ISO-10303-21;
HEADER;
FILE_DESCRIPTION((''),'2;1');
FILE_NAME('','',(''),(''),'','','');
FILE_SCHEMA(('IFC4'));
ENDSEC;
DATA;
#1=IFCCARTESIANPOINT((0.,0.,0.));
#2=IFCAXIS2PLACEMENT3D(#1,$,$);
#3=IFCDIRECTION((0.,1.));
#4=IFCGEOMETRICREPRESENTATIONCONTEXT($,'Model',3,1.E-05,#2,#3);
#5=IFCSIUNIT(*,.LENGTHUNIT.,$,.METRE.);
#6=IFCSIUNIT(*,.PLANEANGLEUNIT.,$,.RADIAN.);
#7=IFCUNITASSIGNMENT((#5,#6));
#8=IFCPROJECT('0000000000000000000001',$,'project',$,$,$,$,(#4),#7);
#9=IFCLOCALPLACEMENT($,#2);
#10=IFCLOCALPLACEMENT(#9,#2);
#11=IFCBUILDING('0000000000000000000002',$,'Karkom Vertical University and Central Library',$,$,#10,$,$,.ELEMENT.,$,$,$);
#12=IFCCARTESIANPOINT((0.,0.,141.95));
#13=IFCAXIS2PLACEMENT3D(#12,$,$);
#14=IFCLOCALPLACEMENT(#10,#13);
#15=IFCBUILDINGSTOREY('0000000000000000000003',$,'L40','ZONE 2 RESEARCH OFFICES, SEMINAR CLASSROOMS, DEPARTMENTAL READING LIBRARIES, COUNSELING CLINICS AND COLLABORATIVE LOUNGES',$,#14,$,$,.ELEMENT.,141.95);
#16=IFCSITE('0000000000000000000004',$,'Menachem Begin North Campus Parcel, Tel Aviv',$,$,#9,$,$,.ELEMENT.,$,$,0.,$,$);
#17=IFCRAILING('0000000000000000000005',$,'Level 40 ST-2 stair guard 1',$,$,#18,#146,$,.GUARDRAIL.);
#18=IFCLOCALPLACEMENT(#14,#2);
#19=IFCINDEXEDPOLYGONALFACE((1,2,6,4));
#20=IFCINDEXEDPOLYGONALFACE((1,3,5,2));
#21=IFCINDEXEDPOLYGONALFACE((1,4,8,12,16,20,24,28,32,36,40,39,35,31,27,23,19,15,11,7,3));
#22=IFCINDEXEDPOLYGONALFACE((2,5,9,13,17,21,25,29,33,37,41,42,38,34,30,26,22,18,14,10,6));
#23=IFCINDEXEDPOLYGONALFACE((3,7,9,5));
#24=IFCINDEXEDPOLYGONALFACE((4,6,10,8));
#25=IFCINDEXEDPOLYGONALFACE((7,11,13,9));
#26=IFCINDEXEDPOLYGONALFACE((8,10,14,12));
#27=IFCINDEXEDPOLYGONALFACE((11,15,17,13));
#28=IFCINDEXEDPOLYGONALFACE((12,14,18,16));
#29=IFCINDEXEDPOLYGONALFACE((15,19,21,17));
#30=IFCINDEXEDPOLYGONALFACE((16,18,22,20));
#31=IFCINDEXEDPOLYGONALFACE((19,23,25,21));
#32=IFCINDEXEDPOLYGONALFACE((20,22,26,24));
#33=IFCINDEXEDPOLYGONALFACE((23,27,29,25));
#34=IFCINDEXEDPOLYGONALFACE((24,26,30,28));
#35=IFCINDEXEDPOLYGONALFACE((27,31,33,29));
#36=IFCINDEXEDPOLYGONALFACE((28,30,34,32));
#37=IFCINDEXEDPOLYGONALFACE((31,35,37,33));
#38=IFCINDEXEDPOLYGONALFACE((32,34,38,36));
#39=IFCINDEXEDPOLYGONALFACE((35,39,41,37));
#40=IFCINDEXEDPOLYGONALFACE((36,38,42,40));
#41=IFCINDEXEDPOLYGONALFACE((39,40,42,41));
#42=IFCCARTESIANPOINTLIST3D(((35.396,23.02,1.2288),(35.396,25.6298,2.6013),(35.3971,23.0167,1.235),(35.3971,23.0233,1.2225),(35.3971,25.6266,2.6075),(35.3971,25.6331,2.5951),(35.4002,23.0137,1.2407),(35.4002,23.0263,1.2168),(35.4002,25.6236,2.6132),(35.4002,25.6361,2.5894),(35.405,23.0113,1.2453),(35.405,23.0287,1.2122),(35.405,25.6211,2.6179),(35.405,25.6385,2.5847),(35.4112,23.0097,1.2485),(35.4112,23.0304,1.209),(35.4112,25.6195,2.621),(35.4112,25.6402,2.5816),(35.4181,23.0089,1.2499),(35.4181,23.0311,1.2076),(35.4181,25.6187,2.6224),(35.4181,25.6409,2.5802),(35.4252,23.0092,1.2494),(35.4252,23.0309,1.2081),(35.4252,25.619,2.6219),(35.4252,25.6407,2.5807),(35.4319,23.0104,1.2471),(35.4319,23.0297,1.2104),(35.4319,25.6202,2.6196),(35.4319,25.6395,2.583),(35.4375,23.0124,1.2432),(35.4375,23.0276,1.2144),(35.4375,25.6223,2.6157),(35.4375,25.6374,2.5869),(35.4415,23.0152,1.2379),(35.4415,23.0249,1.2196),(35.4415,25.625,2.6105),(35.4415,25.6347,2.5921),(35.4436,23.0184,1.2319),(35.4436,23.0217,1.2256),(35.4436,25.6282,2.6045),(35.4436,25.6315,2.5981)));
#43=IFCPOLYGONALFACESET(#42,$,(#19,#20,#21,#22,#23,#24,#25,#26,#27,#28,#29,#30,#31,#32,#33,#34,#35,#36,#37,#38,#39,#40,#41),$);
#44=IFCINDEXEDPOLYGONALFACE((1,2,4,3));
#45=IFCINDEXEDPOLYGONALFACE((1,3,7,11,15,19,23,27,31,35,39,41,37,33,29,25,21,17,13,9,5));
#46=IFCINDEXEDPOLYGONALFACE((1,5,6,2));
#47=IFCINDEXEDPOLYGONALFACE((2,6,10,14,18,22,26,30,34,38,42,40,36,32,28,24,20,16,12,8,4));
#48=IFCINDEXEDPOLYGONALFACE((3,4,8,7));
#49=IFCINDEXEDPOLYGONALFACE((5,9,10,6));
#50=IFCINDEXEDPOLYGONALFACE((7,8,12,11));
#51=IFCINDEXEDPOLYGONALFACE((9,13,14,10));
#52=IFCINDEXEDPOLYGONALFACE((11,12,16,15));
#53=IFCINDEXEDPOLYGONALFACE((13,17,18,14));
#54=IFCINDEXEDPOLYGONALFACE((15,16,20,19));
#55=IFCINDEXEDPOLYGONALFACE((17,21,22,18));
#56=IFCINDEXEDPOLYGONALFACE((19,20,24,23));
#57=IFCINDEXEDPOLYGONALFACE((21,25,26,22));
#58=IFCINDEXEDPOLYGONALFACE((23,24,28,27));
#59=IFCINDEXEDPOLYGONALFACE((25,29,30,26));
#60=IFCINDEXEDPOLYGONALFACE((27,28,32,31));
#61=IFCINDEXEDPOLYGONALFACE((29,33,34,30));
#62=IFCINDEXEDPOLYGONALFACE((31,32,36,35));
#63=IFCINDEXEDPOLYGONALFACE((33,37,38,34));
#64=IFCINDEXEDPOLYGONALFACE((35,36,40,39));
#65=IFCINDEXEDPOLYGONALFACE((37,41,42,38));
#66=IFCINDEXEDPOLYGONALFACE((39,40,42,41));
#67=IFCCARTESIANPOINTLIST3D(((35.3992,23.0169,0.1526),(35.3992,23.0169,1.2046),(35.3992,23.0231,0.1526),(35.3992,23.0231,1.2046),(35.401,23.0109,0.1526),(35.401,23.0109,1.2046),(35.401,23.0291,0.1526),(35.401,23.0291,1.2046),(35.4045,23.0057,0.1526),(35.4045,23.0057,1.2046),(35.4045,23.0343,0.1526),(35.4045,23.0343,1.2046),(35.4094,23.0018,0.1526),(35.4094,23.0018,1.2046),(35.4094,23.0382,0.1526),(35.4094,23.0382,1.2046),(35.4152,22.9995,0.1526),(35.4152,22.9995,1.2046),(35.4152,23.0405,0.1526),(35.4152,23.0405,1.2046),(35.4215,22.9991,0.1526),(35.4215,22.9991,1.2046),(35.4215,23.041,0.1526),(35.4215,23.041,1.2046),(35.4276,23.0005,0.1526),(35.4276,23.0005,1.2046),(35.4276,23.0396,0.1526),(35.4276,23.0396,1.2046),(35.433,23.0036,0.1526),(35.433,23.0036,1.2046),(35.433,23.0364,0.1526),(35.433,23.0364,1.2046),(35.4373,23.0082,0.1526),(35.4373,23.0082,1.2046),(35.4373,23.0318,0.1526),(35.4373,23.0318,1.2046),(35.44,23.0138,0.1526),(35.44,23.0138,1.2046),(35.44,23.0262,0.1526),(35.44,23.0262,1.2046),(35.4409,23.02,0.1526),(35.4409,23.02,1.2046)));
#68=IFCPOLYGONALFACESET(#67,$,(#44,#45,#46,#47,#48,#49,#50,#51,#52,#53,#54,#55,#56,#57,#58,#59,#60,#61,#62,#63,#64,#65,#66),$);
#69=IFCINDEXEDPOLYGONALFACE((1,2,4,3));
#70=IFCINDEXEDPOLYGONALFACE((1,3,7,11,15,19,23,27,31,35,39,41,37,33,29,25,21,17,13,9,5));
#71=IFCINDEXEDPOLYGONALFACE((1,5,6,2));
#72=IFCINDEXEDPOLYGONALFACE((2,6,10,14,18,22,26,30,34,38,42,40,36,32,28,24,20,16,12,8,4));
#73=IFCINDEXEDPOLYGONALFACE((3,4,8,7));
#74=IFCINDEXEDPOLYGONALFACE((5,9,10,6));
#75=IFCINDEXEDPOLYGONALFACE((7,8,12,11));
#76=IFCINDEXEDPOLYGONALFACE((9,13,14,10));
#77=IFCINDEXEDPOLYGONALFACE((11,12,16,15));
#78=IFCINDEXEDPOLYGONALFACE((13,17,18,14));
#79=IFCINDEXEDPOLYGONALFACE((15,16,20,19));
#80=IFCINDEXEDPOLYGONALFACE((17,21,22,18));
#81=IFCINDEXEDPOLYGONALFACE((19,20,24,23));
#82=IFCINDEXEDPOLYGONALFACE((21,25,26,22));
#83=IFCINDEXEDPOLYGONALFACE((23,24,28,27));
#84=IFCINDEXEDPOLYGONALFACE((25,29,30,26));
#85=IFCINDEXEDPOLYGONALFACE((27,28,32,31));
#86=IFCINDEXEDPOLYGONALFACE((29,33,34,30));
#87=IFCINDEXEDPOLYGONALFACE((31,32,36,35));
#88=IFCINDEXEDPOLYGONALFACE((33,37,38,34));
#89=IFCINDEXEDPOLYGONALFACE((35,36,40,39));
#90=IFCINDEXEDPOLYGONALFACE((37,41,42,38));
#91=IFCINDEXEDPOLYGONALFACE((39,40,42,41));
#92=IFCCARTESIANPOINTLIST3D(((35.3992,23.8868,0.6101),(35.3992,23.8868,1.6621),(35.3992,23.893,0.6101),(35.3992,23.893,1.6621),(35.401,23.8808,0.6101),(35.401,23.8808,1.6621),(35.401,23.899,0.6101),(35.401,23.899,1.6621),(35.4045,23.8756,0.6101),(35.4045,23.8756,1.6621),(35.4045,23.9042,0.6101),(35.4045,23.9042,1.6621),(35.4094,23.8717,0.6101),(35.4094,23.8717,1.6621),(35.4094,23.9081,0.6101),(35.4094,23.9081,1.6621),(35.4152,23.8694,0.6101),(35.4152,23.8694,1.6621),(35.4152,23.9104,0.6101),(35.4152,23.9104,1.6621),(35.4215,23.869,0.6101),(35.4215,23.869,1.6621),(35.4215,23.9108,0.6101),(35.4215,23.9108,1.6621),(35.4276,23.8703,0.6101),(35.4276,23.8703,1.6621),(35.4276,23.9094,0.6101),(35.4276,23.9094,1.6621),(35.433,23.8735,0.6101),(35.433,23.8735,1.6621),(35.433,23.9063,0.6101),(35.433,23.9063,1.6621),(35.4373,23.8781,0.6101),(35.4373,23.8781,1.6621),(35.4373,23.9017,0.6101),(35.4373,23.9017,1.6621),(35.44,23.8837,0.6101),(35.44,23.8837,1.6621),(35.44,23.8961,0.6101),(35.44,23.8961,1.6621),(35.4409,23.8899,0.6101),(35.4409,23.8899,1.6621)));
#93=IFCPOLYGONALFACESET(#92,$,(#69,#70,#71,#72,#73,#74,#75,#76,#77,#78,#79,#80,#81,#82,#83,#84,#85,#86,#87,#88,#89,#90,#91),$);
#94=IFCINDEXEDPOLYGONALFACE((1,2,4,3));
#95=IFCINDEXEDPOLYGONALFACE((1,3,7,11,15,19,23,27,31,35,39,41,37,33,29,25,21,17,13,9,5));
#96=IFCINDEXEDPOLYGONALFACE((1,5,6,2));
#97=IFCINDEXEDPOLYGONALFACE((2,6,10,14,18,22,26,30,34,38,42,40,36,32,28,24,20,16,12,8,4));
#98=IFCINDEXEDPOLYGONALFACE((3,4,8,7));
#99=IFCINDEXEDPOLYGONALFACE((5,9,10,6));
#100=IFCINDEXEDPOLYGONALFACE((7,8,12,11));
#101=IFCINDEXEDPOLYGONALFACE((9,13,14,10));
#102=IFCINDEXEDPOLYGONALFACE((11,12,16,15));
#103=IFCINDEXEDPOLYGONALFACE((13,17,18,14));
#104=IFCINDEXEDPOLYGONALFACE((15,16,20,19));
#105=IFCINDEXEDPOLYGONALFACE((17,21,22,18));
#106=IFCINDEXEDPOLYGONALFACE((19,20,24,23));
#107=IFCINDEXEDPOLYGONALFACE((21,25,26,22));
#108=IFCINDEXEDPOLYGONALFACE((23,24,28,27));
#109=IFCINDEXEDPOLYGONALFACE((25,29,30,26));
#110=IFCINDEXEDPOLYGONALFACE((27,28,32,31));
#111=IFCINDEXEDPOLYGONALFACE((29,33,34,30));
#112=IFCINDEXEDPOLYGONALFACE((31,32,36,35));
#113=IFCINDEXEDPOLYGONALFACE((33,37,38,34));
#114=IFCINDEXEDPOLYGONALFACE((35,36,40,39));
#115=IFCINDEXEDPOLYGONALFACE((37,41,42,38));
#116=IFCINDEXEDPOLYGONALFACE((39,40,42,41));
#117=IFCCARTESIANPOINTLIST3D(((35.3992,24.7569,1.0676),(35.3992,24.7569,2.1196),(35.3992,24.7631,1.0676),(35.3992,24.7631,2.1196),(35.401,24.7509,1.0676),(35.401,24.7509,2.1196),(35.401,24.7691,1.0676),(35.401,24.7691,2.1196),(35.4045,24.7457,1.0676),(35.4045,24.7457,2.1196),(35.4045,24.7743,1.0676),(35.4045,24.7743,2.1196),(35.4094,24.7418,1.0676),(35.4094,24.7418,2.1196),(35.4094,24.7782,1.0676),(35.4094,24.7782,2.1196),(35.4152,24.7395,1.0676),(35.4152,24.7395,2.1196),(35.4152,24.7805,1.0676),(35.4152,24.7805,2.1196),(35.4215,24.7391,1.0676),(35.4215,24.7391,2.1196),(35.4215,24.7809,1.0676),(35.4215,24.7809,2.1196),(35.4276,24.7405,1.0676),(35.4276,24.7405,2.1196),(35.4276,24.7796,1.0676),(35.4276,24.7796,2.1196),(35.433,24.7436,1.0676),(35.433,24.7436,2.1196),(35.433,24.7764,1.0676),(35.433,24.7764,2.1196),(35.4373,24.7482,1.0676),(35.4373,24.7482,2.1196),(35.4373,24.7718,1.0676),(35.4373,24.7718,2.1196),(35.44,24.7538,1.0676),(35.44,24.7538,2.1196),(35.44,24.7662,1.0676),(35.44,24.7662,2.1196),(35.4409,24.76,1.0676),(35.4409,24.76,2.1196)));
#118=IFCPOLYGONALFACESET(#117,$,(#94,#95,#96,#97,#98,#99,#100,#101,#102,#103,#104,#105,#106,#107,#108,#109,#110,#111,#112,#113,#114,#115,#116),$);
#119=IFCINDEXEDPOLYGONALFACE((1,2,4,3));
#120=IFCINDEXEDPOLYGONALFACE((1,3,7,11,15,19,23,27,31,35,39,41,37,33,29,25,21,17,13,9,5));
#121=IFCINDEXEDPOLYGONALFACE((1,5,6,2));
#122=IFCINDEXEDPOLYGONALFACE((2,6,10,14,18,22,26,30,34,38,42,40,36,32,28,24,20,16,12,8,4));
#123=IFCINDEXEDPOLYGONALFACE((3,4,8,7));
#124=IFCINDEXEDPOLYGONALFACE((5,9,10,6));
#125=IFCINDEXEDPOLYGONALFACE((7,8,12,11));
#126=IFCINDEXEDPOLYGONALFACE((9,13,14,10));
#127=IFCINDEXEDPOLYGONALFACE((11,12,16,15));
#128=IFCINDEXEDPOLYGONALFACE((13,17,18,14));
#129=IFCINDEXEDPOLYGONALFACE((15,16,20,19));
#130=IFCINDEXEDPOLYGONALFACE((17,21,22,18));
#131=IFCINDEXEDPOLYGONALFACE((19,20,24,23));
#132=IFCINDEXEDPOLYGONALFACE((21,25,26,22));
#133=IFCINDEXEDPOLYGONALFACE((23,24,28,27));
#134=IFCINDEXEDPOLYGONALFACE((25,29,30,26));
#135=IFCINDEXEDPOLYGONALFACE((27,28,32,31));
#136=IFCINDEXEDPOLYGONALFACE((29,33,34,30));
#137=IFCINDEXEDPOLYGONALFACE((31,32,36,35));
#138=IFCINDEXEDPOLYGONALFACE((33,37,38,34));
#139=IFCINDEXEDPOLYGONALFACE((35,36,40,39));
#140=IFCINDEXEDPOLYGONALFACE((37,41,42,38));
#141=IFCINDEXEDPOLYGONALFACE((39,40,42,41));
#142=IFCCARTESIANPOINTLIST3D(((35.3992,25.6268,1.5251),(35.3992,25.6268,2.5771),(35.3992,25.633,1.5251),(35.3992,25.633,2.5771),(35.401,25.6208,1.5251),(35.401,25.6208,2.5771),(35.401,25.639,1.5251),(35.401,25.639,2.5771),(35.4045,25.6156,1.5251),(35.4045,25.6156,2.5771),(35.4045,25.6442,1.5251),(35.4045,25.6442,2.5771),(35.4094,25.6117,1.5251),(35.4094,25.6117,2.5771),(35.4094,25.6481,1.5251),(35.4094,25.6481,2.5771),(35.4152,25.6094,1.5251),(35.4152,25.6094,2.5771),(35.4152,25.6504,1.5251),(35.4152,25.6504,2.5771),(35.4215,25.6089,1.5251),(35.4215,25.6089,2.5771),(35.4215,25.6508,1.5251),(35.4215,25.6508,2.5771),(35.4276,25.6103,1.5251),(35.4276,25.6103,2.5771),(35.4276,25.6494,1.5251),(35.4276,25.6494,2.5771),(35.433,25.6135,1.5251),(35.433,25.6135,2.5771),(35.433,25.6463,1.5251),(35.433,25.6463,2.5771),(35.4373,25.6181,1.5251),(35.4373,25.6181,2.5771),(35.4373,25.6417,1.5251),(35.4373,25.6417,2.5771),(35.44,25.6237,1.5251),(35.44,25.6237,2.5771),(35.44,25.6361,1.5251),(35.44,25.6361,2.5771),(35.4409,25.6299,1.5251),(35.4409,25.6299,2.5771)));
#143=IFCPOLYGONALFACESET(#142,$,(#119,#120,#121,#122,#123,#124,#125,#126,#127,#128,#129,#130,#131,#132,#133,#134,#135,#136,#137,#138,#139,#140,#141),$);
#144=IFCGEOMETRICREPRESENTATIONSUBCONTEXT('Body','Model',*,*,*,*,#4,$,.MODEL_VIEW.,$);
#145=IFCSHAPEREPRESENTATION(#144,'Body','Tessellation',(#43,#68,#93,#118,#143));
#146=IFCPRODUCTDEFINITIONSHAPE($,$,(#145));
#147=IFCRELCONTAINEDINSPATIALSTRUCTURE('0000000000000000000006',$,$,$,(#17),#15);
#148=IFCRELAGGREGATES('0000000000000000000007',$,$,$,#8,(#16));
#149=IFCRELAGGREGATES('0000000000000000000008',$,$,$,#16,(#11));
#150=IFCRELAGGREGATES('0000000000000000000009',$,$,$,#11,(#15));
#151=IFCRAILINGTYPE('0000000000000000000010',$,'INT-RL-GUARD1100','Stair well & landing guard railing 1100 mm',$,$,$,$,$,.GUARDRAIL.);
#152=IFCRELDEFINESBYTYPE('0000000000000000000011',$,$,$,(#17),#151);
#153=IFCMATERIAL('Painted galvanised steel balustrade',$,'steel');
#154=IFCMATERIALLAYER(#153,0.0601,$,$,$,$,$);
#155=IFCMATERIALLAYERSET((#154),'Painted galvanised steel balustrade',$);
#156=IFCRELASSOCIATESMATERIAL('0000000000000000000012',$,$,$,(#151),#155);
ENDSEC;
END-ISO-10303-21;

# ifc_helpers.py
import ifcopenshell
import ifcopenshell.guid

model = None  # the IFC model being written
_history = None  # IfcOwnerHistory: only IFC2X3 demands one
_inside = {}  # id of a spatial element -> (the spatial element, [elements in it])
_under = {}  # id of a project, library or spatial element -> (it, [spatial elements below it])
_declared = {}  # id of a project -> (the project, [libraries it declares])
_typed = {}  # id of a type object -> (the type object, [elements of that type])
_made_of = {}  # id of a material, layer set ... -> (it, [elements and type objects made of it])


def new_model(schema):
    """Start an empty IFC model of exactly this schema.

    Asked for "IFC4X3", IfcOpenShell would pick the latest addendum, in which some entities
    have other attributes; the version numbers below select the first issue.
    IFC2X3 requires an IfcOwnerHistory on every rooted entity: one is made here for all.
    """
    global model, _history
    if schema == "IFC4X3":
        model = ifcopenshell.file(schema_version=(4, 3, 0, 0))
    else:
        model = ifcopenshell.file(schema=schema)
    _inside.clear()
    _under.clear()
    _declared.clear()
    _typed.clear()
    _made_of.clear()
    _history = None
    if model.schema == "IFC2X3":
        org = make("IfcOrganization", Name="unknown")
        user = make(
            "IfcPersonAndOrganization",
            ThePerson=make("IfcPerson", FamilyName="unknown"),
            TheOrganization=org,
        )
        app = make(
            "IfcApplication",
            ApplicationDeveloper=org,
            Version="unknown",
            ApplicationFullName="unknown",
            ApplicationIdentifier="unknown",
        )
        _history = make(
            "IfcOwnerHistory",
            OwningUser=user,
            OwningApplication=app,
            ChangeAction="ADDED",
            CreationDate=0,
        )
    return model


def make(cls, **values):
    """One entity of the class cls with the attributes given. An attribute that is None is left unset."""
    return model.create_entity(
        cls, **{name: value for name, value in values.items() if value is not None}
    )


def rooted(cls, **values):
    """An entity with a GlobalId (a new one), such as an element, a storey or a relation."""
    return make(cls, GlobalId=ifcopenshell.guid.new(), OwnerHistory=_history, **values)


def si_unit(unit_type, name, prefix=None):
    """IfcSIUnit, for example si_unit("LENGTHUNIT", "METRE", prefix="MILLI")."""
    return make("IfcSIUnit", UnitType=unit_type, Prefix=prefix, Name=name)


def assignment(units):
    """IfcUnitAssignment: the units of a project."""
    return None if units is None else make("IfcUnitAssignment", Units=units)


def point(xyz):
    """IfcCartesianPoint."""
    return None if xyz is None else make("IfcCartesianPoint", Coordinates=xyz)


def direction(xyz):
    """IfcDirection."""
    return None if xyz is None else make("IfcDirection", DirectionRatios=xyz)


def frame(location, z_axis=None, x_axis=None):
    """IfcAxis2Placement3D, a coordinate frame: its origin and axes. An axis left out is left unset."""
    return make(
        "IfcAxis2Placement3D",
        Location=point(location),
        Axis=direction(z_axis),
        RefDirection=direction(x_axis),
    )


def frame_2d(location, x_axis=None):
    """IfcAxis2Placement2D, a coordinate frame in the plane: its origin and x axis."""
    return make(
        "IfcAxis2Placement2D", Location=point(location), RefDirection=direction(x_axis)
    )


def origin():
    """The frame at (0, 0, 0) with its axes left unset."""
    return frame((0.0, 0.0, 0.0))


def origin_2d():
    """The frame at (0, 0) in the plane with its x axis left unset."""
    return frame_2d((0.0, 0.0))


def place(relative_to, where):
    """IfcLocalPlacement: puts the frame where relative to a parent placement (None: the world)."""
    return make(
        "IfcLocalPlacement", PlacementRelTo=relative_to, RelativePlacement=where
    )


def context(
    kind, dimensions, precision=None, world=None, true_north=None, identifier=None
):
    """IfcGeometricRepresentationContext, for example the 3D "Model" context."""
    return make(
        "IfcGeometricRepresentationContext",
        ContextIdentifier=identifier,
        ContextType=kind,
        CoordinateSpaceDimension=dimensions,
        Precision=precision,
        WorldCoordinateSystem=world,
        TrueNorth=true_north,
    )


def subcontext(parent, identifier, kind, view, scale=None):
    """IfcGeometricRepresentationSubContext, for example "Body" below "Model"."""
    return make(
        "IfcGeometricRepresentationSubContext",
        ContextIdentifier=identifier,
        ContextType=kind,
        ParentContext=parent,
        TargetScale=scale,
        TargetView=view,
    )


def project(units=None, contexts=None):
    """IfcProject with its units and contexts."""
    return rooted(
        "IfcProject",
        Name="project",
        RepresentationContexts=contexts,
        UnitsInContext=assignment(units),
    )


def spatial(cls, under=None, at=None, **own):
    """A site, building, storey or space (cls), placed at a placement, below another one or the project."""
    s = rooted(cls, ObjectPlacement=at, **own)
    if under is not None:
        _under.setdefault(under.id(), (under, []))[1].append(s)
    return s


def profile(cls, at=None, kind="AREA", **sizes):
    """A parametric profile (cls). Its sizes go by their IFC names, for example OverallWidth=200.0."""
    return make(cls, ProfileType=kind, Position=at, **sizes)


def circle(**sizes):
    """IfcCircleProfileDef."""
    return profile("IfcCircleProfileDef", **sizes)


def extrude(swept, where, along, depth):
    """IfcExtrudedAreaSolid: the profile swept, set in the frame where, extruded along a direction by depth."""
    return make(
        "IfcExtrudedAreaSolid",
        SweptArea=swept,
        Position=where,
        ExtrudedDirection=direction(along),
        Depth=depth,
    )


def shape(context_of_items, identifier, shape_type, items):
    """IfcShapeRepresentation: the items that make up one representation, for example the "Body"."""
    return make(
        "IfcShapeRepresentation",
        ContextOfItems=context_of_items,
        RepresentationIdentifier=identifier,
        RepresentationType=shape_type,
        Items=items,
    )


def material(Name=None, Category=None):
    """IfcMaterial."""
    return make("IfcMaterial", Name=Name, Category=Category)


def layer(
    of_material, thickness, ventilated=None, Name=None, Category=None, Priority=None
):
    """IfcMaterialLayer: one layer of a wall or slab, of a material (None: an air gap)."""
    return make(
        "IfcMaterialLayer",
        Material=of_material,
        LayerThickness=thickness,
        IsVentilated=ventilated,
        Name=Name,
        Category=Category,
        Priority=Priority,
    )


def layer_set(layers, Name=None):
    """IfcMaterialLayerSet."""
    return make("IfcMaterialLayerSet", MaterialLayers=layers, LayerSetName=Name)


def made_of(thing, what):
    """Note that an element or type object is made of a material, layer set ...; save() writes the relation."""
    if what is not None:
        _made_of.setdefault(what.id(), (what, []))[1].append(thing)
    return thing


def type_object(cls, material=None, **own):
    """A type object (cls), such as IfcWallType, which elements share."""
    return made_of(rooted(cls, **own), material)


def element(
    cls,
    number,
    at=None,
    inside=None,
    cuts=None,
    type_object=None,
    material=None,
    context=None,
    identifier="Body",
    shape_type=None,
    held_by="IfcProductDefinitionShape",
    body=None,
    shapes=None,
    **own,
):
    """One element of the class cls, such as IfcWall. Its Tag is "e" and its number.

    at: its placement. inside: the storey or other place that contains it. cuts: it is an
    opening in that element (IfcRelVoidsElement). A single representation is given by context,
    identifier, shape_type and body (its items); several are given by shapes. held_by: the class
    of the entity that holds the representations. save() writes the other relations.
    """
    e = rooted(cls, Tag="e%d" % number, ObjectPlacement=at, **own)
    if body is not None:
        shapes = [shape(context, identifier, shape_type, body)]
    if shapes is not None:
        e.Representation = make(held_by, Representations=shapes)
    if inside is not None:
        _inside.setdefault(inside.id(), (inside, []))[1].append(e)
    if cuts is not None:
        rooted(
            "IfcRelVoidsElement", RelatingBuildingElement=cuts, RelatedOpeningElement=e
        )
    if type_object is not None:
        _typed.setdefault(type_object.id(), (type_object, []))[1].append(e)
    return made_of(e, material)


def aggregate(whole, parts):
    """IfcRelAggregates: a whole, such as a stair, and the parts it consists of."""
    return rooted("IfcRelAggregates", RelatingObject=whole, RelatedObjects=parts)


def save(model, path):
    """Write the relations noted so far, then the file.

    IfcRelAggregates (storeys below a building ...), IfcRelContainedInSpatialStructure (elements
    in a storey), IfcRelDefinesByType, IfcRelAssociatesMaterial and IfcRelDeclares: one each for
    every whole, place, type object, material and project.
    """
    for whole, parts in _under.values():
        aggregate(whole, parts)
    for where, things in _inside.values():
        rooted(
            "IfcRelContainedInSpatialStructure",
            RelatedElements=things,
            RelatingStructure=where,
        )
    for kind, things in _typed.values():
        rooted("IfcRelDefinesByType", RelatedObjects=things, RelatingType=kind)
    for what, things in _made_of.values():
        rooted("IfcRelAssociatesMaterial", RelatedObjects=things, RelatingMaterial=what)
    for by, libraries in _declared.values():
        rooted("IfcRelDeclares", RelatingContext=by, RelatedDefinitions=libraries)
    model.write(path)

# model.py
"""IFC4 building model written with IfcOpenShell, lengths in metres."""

from ifc_helpers import new_model, si_unit, direction, frame, origin, origin_2d, place, context, subcontext, project, spatial, circle, extrude, material, layer, layer_set, type_object, element, save


model = new_model("IFC4")

# Units and contexts
model_context = context("Model", 3, precision=1e-05, world=origin(), true_north=direction((0.0, 1.0)))
body_context = subcontext(model_context, "Body", "Model", "MODEL_VIEW")
ifc_project = project(units=[si_unit("LENGTHUNIT", "METRE"), si_unit("PLANEANGLEUNIT", "RADIAN")], contexts=[model_context])

# Site, building, storey
site_placement = place(None, origin())
site = spatial("IfcSite", under=ifc_project, at=site_placement, Name="Menachem Begin North Campus Parcel, Tel Aviv", CompositionType="ELEMENT", RefElevation=0.0)
building_placement = place(site_placement, origin())
building = spatial("IfcBuilding", under=site, at=building_placement, Name="Karkom Vertical University and Central Library", CompositionType="ELEMENT")
storey_placement = place(building_placement, frame((0.0, 0.0, 141.95)))
storey = spatial("IfcBuildingStorey", under=building, at=storey_placement, Name="L40", Description="ZONE 2 RESEARCH OFFICES, SEMINAR CLASSROOMS, DEPARTMENTAL READING LIBRARIES, COUNSELING CLINICS AND COLLABORATIVE LOUNGES", CompositionType="ELEMENT", Elevation=141.95)

# Railing
ifc_material_1 = material(Name="Painted galvanised steel balustrade", Category="steel")
ifc_layer_1 = layer(ifc_material_1, 0.0601)
ifc_layer_set_1 = layer_set([ifc_layer_1], Name="Painted galvanised steel balustrade")
railing_type_1 = type_object("IfcRailingType", Name="INT-RL-GUARD1100", Description="Stair well & landing guard railing 1100 mm", PredefinedType="GUARDRAIL", material=ifc_layer_set_1)
railing_1_placement = place(storey_placement, frame((35.4199, 23.02, 0.1526)))
element("IfcRailing", 1, at=railing_1_placement, inside=storey, type_object=railing_type_1, Name="Level 40 ST-2 stair guard 1", PredefinedType="GUARDRAIL", context=body_context, shape_type="SweptSolid", body=[
    extrude(circle(Radius=0.0239, at=origin_2d()), frame((0.0, 0.0, 1.0762), z_axis=(0.0, 0.885065, 0.465467), x_axis=(-1.0, 0.0, 0.0)), (0.0, 0.0, 1.0), 2.9487),
    extrude(circle(Radius=0.021, at=origin_2d()), origin(), (0.0, 0.0, 1.0), 1.052),
    extrude(circle(Radius=0.021, at=origin_2d()), frame((0.0, 0.8699, 0.4575)), (0.0, 0.0, 1.0), 1.052),
    extrude(circle(Radius=0.021, at=origin_2d()), frame((0.0, 1.74, 0.915)), (0.0, 0.0, 1.0), 1.052),
    extrude(circle(Radius=0.021, at=origin_2d()), frame((0.0, 2.6099, 1.3726)), (0.0, 0.0, 1.0), 1.052),
])

save(model, "model.ifc")
